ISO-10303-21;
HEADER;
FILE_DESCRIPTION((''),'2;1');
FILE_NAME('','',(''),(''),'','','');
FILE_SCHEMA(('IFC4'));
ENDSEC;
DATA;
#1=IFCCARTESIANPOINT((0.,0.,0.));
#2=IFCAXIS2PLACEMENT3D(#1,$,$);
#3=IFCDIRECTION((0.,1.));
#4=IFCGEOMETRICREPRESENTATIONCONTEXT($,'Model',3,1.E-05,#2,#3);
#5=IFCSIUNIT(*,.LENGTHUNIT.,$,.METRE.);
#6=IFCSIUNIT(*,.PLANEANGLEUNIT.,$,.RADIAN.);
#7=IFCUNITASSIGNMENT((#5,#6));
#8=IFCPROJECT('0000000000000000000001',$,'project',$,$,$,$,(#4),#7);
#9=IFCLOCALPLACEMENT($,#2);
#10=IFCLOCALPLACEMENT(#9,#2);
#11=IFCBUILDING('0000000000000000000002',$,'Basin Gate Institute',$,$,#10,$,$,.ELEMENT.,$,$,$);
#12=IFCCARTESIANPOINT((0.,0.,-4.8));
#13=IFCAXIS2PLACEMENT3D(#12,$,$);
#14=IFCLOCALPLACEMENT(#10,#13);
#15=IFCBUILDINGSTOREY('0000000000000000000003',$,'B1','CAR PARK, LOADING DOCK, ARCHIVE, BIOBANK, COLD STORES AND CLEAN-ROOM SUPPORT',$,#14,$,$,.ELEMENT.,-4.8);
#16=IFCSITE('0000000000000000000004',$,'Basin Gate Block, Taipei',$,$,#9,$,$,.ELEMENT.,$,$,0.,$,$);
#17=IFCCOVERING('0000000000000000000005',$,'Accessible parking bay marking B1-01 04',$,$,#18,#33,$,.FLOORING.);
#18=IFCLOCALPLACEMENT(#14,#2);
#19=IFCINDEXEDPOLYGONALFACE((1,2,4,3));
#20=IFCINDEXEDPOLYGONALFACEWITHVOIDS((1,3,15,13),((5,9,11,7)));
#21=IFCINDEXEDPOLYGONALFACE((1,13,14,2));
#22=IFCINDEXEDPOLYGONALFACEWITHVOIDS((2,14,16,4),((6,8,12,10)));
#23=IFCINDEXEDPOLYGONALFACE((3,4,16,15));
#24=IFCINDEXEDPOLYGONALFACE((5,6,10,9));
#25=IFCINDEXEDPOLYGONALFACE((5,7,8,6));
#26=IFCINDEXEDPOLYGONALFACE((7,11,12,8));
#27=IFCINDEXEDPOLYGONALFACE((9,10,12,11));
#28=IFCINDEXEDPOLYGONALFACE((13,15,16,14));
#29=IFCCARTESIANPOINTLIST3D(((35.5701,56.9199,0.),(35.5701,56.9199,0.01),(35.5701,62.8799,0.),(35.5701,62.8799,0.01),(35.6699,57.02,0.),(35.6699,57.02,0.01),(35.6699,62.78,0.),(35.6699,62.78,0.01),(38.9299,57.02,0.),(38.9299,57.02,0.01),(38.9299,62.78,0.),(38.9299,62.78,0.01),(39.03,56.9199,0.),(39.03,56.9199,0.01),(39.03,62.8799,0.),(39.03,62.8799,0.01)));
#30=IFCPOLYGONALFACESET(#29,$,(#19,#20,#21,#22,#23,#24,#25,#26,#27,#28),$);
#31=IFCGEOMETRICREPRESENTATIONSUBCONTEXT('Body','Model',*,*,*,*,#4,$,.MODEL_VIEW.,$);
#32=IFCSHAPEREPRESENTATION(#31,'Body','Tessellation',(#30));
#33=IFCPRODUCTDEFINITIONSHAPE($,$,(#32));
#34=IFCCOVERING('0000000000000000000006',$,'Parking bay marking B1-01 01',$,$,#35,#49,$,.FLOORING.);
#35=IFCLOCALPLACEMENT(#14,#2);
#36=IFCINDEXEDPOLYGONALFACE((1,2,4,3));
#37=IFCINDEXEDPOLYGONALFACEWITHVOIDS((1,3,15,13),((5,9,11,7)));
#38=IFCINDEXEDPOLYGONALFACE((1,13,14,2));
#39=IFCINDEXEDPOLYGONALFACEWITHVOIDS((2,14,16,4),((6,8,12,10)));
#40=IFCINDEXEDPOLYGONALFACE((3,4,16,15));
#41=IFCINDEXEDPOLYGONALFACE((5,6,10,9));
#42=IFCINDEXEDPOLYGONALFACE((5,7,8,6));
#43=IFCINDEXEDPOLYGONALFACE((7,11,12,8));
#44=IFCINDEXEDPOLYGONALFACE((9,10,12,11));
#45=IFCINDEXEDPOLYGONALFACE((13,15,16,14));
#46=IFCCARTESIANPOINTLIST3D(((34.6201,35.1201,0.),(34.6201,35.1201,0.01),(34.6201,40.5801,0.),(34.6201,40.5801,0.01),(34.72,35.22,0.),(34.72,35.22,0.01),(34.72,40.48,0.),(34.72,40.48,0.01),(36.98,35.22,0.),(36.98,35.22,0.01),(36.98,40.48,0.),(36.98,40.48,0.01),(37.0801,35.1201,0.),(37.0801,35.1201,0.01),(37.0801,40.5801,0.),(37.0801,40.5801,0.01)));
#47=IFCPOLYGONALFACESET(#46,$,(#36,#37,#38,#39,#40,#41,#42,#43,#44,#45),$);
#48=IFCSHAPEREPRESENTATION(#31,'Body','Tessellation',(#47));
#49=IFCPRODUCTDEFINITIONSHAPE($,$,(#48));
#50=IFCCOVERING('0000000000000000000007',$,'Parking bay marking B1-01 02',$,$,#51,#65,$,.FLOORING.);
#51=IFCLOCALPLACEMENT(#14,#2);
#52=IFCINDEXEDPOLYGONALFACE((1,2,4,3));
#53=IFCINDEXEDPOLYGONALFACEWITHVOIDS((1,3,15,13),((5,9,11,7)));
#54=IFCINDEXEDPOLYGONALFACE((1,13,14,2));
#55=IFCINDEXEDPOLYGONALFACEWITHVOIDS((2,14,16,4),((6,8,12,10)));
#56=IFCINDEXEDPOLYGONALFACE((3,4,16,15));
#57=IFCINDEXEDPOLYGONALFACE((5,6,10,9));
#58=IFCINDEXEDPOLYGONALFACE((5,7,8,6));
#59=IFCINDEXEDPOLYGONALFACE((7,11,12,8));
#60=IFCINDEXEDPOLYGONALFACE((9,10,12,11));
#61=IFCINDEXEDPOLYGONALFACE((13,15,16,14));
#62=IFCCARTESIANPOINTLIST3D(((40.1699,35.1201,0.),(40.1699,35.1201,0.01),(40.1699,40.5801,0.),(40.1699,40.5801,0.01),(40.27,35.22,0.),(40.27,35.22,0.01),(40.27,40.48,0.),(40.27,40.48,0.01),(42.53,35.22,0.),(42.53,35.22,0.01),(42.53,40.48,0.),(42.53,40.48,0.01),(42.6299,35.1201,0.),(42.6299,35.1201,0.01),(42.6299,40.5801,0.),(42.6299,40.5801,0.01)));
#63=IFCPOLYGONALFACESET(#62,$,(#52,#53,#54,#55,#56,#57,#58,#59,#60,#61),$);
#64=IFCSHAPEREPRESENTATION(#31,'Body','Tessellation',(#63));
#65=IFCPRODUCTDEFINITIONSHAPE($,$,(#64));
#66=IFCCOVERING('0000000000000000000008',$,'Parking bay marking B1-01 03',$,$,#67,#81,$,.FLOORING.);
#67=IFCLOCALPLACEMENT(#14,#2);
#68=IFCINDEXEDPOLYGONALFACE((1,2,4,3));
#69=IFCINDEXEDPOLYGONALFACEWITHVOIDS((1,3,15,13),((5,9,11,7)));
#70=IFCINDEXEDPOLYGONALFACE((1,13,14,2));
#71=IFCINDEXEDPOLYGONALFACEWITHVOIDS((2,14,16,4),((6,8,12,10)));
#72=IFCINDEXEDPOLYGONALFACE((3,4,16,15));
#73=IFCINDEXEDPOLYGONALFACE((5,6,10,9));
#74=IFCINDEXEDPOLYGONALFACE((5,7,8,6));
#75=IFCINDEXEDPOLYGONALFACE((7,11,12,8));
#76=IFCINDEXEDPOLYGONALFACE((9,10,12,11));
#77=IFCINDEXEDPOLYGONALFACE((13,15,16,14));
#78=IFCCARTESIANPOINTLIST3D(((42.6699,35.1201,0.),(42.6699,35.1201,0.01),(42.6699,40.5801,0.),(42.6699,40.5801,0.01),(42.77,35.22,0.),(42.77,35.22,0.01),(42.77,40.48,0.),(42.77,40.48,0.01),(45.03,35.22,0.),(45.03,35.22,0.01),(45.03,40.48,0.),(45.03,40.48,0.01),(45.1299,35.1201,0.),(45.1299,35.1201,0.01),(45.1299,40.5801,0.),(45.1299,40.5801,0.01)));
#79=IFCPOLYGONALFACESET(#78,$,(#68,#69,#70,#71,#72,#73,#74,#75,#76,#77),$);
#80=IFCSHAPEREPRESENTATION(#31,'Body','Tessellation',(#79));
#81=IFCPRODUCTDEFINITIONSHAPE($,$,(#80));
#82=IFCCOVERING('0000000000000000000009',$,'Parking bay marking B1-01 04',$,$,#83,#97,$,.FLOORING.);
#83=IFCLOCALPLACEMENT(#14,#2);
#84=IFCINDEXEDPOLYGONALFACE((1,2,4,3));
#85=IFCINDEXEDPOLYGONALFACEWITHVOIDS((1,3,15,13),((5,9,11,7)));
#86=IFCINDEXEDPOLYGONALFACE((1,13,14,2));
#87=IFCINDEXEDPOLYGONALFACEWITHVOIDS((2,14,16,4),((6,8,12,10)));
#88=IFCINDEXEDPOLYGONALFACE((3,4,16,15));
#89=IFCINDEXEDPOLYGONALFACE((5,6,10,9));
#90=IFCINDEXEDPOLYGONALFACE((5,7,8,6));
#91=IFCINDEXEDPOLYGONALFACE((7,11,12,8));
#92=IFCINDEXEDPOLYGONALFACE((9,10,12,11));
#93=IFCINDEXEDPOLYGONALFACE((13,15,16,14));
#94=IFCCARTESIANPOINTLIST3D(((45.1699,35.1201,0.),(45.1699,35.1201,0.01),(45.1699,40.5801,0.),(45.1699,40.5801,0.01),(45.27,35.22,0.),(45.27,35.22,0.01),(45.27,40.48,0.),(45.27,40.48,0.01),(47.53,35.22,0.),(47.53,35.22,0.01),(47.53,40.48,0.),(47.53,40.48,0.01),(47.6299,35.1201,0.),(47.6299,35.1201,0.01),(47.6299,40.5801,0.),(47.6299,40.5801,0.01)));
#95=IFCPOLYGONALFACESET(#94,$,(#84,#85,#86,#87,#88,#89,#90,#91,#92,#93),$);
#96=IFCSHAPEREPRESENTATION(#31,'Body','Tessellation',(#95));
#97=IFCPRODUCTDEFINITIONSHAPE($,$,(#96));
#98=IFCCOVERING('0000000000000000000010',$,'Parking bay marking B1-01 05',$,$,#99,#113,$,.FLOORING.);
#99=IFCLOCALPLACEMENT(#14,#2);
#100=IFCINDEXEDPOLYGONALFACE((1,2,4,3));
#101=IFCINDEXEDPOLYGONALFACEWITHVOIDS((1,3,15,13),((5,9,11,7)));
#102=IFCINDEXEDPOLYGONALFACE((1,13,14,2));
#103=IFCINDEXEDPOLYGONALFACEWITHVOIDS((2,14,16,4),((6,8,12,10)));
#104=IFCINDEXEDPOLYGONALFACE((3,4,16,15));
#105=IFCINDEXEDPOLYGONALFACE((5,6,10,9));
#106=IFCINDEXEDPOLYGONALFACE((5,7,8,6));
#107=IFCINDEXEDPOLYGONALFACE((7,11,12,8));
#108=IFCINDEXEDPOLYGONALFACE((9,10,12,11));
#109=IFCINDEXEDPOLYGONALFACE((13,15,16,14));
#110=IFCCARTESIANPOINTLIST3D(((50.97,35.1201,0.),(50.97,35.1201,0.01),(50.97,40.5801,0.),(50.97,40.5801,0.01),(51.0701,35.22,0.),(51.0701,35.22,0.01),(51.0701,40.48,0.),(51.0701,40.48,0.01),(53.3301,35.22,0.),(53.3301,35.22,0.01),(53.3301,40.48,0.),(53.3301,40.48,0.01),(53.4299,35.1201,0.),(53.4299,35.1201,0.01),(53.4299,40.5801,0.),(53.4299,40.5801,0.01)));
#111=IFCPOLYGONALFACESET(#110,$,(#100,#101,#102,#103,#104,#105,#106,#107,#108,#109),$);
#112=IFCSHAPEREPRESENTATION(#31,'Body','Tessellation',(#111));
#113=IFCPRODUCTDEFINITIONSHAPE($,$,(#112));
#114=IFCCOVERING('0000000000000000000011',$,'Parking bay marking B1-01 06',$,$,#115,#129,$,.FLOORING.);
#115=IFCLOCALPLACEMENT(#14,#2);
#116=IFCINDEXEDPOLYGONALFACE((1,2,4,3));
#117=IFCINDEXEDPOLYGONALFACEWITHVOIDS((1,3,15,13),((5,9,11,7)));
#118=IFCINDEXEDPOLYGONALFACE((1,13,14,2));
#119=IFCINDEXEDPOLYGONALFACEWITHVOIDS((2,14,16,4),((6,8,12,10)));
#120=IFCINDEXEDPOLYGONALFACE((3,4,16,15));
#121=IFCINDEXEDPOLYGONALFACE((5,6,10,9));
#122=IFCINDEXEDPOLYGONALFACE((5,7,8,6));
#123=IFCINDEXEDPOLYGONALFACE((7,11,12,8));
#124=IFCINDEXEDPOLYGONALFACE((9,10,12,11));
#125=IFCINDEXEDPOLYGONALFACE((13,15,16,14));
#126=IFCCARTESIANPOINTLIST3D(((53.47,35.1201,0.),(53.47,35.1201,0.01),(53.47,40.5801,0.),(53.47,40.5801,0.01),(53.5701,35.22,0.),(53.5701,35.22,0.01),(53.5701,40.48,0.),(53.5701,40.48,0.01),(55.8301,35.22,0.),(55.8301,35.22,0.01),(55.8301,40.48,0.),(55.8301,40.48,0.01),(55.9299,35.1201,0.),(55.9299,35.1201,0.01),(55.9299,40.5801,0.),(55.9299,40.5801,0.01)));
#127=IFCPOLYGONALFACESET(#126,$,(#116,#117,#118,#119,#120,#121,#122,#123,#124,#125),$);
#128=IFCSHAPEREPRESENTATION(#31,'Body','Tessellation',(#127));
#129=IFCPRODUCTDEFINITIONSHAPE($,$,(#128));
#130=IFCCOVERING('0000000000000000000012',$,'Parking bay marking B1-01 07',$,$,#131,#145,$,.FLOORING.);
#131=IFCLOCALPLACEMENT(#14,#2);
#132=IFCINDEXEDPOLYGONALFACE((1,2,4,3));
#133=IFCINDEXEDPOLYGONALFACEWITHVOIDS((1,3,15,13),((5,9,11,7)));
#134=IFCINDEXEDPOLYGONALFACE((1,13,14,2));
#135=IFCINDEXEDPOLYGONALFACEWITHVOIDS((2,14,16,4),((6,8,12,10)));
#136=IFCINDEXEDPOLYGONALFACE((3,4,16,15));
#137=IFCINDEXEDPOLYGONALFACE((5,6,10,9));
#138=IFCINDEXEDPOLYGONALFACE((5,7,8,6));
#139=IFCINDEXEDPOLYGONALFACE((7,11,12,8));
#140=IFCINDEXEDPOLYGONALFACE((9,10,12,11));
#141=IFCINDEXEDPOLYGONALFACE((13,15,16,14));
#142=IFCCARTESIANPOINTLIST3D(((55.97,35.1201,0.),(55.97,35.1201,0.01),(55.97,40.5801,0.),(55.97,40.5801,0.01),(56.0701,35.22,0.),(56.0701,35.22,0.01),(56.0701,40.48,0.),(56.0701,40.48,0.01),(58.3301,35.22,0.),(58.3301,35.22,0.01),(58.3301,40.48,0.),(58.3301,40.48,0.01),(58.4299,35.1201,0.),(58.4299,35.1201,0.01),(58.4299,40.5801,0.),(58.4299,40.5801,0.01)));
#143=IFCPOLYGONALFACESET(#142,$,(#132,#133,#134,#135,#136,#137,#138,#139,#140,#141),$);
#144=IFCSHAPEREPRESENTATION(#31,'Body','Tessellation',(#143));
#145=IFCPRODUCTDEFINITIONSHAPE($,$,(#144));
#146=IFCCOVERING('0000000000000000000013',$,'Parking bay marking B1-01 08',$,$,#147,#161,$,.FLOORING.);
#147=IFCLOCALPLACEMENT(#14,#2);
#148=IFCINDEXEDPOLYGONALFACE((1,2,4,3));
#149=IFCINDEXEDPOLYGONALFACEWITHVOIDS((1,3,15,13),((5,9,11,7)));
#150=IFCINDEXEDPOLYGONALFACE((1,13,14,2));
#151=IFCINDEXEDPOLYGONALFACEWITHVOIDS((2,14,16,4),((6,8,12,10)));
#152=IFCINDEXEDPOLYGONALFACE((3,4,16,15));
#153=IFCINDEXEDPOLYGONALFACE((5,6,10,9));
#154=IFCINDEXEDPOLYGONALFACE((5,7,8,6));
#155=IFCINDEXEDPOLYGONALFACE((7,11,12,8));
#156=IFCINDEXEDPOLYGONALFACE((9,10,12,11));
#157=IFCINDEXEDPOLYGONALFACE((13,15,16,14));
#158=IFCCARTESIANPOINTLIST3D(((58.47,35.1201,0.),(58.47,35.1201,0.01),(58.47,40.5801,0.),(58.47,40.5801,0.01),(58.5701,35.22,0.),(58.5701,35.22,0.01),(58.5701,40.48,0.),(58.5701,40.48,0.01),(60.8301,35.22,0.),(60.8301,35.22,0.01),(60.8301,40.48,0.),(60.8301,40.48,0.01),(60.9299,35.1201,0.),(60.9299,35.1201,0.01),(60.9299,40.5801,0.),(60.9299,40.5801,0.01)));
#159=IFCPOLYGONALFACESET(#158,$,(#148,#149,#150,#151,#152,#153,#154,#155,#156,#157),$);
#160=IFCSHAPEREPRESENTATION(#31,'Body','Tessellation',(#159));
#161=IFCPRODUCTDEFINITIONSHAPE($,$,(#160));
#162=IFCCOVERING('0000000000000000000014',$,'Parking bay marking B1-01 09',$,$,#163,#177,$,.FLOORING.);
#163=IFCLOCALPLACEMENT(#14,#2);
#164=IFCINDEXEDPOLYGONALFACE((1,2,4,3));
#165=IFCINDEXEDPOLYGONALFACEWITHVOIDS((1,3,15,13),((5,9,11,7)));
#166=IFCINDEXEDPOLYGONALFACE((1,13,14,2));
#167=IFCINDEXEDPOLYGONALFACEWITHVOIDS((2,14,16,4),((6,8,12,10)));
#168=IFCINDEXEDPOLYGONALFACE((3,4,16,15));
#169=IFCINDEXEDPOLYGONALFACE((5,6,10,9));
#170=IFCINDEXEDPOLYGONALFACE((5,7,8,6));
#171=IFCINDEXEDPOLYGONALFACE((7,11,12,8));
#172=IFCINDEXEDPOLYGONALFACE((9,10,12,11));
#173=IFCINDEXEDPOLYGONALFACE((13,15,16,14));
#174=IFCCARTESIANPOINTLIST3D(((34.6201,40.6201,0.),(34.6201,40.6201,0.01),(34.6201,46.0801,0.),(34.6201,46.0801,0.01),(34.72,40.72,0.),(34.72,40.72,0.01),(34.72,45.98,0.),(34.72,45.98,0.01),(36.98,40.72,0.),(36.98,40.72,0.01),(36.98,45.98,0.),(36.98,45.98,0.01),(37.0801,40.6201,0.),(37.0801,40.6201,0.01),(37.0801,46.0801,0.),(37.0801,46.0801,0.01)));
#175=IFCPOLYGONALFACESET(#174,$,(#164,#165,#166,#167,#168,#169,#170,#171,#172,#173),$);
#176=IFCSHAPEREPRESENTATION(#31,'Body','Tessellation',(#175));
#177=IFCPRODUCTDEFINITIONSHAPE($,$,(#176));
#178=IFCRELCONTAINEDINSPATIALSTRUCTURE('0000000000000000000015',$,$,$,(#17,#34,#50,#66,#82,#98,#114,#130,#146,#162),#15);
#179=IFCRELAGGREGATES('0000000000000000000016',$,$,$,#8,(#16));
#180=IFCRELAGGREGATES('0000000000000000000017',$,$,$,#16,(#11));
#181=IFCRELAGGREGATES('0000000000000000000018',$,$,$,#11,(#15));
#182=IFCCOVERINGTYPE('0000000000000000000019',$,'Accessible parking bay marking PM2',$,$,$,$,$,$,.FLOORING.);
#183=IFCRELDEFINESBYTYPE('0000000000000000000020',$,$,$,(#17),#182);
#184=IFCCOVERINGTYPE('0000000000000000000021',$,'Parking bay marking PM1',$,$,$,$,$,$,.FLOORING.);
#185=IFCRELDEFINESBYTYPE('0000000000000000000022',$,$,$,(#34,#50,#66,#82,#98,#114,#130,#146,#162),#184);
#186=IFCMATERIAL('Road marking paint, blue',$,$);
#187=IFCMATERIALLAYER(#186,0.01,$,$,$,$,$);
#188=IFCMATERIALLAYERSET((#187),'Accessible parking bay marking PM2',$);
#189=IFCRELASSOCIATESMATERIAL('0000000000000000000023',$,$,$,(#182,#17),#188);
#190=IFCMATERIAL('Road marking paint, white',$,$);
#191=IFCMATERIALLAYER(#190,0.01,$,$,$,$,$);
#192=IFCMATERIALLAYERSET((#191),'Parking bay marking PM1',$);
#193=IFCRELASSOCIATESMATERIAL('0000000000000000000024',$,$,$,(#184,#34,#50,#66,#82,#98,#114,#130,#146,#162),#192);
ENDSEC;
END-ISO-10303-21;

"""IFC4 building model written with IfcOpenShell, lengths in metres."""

from ifc_helpers import new_model, si_unit, direction, frame, origin, place, context, subcontext, project, spatial, polyline, outline, extrude, material, layer, layer_set, type_object, element, save


model = new_model("IFC4")

# Units and contexts
model_context = context("Model", 3, precision=1e-05, world=origin(), true_north=direction((0.0, 1.0)))
body_context = subcontext(model_context, "Body", "Model", "MODEL_VIEW")
ifc_project = project(units=[si_unit("LENGTHUNIT", "METRE"), si_unit("PLANEANGLEUNIT", "RADIAN")], contexts=[model_context])

# Site, building, storey
site_placement = place(None, origin())
site = spatial("IfcSite", under=ifc_project, at=site_placement, Name="Basin Gate Block, Taipei", CompositionType="ELEMENT", RefElevation=0.0)
building_placement = place(site_placement, origin())
building = spatial("IfcBuilding", under=site, at=building_placement, Name="Basin Gate Institute", CompositionType="ELEMENT")
storey_placement = place(building_placement, frame((0.0, 0.0, -4.8)))
storey = spatial("IfcBuildingStorey", under=building, at=storey_placement, Name="B1", Description="CAR PARK, LOADING DOCK, ARCHIVE, BIOBANK, COLD STORES AND CLEAN-ROOM SUPPORT", CompositionType="ELEMENT", Elevation=-4.8)

# Coverings
ifc_material_1 = material(Name="Road marking paint, blue")
ifc_layer_1 = layer(ifc_material_1, 0.01)
ifc_layer_set_1 = layer_set([ifc_layer_1], Name="Accessible parking bay marking PM2")
covering_type_1 = type_object("IfcCoveringType", Name="Accessible parking bay marking PM2", PredefinedType="FLOORING", material=ifc_layer_set_1)
covering_1_placement = place(storey_placement, origin())
element("IfcCovering", 1, at=covering_1_placement, inside=storey, type_object=covering_type_1, material=ifc_layer_set_1, Name="Accessible parking bay marking B1-01 04", PredefinedType="FLOORING", context=body_context, shape_type="SweptSolid", body=[
    extrude(outline(polyline([(35.5701, 56.9199), (39.03, 56.9199), (39.03, 62.8799), (35.5701, 62.8799), (35.5701, 56.9199)]), holes=[polyline([(35.6699, 57.02), (38.9299, 57.02), (38.9299, 62.78), (35.6699, 62.78), (35.6699, 57.02)])]), origin(), (0.0, 0.0, 1.0), 0.01),
])
ifc_material_2 = material(Name="Road marking paint, white")
ifc_layer_2 = layer(ifc_material_2, 0.01)
ifc_layer_set_2 = layer_set([ifc_layer_2], Name="Parking bay marking PM1")
covering_type_2 = type_object("IfcCoveringType", Name="Parking bay marking PM1", PredefinedType="FLOORING", material=ifc_layer_set_2)
covering_2_placement = place(storey_placement, origin())
element("IfcCovering", 2, at=covering_2_placement, inside=storey, type_object=covering_type_2, material=ifc_layer_set_2, Name="Parking bay marking B1-01 01", PredefinedType="FLOORING", context=body_context, shape_type="SweptSolid", body=[
    extrude(outline(polyline([(34.6201, 35.1201), (37.0801, 35.1201), (37.0801, 40.5801), (34.6201, 40.5801), (34.6201, 35.1201)]), holes=[polyline([(34.72, 35.22), (36.98, 35.22), (36.98, 40.48), (34.72, 40.48), (34.72, 35.22)])]), origin(), (0.0, 0.0, 1.0), 0.01),
])
covering_3_placement = place(storey_placement, origin())
element("IfcCovering", 3, at=covering_3_placement, inside=storey, type_object=covering_type_2, material=ifc_layer_set_2, Name="Parking bay marking B1-01 02", PredefinedType="FLOORING", context=body_context, shape_type="SweptSolid", body=[
    extrude(outline(polyline([(40.1699, 35.1201), (42.6299, 35.1201), (42.6299, 40.5801), (40.1699, 40.5801), (40.1699, 35.1201)]), holes=[polyline([(40.27, 35.22), (42.53, 35.22), (42.53, 40.48), (40.27, 40.48), (40.27, 35.22)])]), origin(), (0.0, 0.0, 1.0), 0.01),
])
covering_4_placement = place(storey_placement, origin())
element("IfcCovering", 4, at=covering_4_placement, inside=storey, type_object=covering_type_2, material=ifc_layer_set_2, Name="Parking bay marking B1-01 03", PredefinedType="FLOORING", context=body_context, shape_type="SweptSolid", body=[
    extrude(outline(polyline([(42.6699, 35.1201), (45.1299, 35.1201), (45.1299, 40.5801), (42.6699, 40.5801), (42.6699, 35.1201)]), holes=[polyline([(42.77, 35.22), (45.03, 35.22), (45.03, 40.48), (42.77, 40.48), (42.77, 35.22)])]), origin(), (0.0, 0.0, 1.0), 0.01),
])
covering_5_placement = place(storey_placement, origin())
element("IfcCovering", 5, at=covering_5_placement, inside=storey, type_object=covering_type_2, material=ifc_layer_set_2, Name="Parking bay marking B1-01 04", PredefinedType="FLOORING", context=body_context, shape_type="SweptSolid", body=[
    extrude(outline(polyline([(45.1699, 35.1201), (47.6299, 35.1201), (47.6299, 40.5801), (45.1699, 40.5801), (45.1699, 35.1201)]), holes=[polyline([(45.27, 35.22), (47.53, 35.22), (47.53, 40.48), (45.27, 40.48), (45.27, 35.22)])]), origin(), (0.0, 0.0, 1.0), 0.01),
])
covering_6_placement = place(storey_placement, origin())
element("IfcCovering", 6, at=covering_6_placement, inside=storey, type_object=covering_type_2, material=ifc_layer_set_2, Name="Parking bay marking B1-01 05", PredefinedType="FLOORING", context=body_context, shape_type="SweptSolid", body=[
    extrude(outline(polyline([(50.97, 35.1201), (53.4299, 35.1201), (53.4299, 40.5801), (50.97, 40.5801), (50.97, 35.1201)]), holes=[polyline([(51.0701, 35.22), (53.3301, 35.22), (53.3301, 40.48), (51.0701, 40.48), (51.0701, 35.22)])]), origin(), (0.0, 0.0, 1.0), 0.01),
])
covering_7_placement = place(storey_placement, origin())
element("IfcCovering", 7, at=covering_7_placement, inside=storey, type_object=covering_type_2, material=ifc_layer_set_2, Name="Parking bay marking B1-01 06", PredefinedType="FLOORING", context=body_context, shape_type="SweptSolid", body=[
    extrude(outline(polyline([(53.47, 35.1201), (55.9299, 35.1201), (55.9299, 40.5801), (53.47, 40.5801), (53.47, 35.1201)]), holes=[polyline([(53.5701, 35.22), (55.8301, 35.22), (55.8301, 40.48), (53.5701, 40.48), (53.5701, 35.22)])]), origin(), (0.0, 0.0, 1.0), 0.01),
])
covering_8_placement = place(storey_placement, origin())
element("IfcCovering", 8, at=covering_8_placement, inside=storey, type_object=covering_type_2, material=ifc_layer_set_2, Name="Parking bay marking B1-01 07", PredefinedType="FLOORING", context=body_context, shape_type="SweptSolid", body=[
    extrude(outline(polyline([(55.97, 35.1201), (58.4299, 35.1201), (58.4299, 40.5801), (55.97, 40.5801), (55.97, 35.1201)]), holes=[polyline([(56.0701, 35.22), (58.3301, 35.22), (58.3301, 40.48), (56.0701, 40.48), (56.0701, 35.22)])]), origin(), (0.0, 0.0, 1.0), 0.01),
])
covering_9_placement = place(storey_placement, origin())
element("IfcCovering", 9, at=covering_9_placement, inside=storey, type_object=covering_type_2, material=ifc_layer_set_2, Name="Parking bay marking B1-01 08", PredefinedType="FLOORING", context=body_context, shape_type="SweptSolid", body=[
    extrude(outline(polyline([(58.47, 35.1201), (60.9299, 35.1201), (60.9299, 40.5801), (58.47, 40.5801), (58.47, 35.1201)]), holes=[polyline([(58.5701, 35.22), (60.8301, 35.22), (60.8301, 40.48), (58.5701, 40.48), (58.5701, 35.22)])]), origin(), (0.0, 0.0, 1.0), 0.01),
])
covering_10_placement = place(storey_placement, origin())
element("IfcCovering", 10, at=covering_10_placement, inside=storey, type_object=covering_type_2, material=ifc_layer_set_2, Name="Parking bay marking B1-01 09", PredefinedType="FLOORING", context=body_context, shape_type="SweptSolid", body=[
    extrude(outline(polyline([(34.6201, 40.6201), (37.0801, 40.6201), (37.0801, 46.0801), (34.6201, 46.0801), (34.6201, 40.6201)]), holes=[polyline([(34.72, 40.72), (36.98, 40.72), (36.98, 45.98), (34.72, 45.98), (34.72, 40.72)])]), origin(), (0.0, 0.0, 1.0), 0.01),
])

save(model, "model.ifc")
